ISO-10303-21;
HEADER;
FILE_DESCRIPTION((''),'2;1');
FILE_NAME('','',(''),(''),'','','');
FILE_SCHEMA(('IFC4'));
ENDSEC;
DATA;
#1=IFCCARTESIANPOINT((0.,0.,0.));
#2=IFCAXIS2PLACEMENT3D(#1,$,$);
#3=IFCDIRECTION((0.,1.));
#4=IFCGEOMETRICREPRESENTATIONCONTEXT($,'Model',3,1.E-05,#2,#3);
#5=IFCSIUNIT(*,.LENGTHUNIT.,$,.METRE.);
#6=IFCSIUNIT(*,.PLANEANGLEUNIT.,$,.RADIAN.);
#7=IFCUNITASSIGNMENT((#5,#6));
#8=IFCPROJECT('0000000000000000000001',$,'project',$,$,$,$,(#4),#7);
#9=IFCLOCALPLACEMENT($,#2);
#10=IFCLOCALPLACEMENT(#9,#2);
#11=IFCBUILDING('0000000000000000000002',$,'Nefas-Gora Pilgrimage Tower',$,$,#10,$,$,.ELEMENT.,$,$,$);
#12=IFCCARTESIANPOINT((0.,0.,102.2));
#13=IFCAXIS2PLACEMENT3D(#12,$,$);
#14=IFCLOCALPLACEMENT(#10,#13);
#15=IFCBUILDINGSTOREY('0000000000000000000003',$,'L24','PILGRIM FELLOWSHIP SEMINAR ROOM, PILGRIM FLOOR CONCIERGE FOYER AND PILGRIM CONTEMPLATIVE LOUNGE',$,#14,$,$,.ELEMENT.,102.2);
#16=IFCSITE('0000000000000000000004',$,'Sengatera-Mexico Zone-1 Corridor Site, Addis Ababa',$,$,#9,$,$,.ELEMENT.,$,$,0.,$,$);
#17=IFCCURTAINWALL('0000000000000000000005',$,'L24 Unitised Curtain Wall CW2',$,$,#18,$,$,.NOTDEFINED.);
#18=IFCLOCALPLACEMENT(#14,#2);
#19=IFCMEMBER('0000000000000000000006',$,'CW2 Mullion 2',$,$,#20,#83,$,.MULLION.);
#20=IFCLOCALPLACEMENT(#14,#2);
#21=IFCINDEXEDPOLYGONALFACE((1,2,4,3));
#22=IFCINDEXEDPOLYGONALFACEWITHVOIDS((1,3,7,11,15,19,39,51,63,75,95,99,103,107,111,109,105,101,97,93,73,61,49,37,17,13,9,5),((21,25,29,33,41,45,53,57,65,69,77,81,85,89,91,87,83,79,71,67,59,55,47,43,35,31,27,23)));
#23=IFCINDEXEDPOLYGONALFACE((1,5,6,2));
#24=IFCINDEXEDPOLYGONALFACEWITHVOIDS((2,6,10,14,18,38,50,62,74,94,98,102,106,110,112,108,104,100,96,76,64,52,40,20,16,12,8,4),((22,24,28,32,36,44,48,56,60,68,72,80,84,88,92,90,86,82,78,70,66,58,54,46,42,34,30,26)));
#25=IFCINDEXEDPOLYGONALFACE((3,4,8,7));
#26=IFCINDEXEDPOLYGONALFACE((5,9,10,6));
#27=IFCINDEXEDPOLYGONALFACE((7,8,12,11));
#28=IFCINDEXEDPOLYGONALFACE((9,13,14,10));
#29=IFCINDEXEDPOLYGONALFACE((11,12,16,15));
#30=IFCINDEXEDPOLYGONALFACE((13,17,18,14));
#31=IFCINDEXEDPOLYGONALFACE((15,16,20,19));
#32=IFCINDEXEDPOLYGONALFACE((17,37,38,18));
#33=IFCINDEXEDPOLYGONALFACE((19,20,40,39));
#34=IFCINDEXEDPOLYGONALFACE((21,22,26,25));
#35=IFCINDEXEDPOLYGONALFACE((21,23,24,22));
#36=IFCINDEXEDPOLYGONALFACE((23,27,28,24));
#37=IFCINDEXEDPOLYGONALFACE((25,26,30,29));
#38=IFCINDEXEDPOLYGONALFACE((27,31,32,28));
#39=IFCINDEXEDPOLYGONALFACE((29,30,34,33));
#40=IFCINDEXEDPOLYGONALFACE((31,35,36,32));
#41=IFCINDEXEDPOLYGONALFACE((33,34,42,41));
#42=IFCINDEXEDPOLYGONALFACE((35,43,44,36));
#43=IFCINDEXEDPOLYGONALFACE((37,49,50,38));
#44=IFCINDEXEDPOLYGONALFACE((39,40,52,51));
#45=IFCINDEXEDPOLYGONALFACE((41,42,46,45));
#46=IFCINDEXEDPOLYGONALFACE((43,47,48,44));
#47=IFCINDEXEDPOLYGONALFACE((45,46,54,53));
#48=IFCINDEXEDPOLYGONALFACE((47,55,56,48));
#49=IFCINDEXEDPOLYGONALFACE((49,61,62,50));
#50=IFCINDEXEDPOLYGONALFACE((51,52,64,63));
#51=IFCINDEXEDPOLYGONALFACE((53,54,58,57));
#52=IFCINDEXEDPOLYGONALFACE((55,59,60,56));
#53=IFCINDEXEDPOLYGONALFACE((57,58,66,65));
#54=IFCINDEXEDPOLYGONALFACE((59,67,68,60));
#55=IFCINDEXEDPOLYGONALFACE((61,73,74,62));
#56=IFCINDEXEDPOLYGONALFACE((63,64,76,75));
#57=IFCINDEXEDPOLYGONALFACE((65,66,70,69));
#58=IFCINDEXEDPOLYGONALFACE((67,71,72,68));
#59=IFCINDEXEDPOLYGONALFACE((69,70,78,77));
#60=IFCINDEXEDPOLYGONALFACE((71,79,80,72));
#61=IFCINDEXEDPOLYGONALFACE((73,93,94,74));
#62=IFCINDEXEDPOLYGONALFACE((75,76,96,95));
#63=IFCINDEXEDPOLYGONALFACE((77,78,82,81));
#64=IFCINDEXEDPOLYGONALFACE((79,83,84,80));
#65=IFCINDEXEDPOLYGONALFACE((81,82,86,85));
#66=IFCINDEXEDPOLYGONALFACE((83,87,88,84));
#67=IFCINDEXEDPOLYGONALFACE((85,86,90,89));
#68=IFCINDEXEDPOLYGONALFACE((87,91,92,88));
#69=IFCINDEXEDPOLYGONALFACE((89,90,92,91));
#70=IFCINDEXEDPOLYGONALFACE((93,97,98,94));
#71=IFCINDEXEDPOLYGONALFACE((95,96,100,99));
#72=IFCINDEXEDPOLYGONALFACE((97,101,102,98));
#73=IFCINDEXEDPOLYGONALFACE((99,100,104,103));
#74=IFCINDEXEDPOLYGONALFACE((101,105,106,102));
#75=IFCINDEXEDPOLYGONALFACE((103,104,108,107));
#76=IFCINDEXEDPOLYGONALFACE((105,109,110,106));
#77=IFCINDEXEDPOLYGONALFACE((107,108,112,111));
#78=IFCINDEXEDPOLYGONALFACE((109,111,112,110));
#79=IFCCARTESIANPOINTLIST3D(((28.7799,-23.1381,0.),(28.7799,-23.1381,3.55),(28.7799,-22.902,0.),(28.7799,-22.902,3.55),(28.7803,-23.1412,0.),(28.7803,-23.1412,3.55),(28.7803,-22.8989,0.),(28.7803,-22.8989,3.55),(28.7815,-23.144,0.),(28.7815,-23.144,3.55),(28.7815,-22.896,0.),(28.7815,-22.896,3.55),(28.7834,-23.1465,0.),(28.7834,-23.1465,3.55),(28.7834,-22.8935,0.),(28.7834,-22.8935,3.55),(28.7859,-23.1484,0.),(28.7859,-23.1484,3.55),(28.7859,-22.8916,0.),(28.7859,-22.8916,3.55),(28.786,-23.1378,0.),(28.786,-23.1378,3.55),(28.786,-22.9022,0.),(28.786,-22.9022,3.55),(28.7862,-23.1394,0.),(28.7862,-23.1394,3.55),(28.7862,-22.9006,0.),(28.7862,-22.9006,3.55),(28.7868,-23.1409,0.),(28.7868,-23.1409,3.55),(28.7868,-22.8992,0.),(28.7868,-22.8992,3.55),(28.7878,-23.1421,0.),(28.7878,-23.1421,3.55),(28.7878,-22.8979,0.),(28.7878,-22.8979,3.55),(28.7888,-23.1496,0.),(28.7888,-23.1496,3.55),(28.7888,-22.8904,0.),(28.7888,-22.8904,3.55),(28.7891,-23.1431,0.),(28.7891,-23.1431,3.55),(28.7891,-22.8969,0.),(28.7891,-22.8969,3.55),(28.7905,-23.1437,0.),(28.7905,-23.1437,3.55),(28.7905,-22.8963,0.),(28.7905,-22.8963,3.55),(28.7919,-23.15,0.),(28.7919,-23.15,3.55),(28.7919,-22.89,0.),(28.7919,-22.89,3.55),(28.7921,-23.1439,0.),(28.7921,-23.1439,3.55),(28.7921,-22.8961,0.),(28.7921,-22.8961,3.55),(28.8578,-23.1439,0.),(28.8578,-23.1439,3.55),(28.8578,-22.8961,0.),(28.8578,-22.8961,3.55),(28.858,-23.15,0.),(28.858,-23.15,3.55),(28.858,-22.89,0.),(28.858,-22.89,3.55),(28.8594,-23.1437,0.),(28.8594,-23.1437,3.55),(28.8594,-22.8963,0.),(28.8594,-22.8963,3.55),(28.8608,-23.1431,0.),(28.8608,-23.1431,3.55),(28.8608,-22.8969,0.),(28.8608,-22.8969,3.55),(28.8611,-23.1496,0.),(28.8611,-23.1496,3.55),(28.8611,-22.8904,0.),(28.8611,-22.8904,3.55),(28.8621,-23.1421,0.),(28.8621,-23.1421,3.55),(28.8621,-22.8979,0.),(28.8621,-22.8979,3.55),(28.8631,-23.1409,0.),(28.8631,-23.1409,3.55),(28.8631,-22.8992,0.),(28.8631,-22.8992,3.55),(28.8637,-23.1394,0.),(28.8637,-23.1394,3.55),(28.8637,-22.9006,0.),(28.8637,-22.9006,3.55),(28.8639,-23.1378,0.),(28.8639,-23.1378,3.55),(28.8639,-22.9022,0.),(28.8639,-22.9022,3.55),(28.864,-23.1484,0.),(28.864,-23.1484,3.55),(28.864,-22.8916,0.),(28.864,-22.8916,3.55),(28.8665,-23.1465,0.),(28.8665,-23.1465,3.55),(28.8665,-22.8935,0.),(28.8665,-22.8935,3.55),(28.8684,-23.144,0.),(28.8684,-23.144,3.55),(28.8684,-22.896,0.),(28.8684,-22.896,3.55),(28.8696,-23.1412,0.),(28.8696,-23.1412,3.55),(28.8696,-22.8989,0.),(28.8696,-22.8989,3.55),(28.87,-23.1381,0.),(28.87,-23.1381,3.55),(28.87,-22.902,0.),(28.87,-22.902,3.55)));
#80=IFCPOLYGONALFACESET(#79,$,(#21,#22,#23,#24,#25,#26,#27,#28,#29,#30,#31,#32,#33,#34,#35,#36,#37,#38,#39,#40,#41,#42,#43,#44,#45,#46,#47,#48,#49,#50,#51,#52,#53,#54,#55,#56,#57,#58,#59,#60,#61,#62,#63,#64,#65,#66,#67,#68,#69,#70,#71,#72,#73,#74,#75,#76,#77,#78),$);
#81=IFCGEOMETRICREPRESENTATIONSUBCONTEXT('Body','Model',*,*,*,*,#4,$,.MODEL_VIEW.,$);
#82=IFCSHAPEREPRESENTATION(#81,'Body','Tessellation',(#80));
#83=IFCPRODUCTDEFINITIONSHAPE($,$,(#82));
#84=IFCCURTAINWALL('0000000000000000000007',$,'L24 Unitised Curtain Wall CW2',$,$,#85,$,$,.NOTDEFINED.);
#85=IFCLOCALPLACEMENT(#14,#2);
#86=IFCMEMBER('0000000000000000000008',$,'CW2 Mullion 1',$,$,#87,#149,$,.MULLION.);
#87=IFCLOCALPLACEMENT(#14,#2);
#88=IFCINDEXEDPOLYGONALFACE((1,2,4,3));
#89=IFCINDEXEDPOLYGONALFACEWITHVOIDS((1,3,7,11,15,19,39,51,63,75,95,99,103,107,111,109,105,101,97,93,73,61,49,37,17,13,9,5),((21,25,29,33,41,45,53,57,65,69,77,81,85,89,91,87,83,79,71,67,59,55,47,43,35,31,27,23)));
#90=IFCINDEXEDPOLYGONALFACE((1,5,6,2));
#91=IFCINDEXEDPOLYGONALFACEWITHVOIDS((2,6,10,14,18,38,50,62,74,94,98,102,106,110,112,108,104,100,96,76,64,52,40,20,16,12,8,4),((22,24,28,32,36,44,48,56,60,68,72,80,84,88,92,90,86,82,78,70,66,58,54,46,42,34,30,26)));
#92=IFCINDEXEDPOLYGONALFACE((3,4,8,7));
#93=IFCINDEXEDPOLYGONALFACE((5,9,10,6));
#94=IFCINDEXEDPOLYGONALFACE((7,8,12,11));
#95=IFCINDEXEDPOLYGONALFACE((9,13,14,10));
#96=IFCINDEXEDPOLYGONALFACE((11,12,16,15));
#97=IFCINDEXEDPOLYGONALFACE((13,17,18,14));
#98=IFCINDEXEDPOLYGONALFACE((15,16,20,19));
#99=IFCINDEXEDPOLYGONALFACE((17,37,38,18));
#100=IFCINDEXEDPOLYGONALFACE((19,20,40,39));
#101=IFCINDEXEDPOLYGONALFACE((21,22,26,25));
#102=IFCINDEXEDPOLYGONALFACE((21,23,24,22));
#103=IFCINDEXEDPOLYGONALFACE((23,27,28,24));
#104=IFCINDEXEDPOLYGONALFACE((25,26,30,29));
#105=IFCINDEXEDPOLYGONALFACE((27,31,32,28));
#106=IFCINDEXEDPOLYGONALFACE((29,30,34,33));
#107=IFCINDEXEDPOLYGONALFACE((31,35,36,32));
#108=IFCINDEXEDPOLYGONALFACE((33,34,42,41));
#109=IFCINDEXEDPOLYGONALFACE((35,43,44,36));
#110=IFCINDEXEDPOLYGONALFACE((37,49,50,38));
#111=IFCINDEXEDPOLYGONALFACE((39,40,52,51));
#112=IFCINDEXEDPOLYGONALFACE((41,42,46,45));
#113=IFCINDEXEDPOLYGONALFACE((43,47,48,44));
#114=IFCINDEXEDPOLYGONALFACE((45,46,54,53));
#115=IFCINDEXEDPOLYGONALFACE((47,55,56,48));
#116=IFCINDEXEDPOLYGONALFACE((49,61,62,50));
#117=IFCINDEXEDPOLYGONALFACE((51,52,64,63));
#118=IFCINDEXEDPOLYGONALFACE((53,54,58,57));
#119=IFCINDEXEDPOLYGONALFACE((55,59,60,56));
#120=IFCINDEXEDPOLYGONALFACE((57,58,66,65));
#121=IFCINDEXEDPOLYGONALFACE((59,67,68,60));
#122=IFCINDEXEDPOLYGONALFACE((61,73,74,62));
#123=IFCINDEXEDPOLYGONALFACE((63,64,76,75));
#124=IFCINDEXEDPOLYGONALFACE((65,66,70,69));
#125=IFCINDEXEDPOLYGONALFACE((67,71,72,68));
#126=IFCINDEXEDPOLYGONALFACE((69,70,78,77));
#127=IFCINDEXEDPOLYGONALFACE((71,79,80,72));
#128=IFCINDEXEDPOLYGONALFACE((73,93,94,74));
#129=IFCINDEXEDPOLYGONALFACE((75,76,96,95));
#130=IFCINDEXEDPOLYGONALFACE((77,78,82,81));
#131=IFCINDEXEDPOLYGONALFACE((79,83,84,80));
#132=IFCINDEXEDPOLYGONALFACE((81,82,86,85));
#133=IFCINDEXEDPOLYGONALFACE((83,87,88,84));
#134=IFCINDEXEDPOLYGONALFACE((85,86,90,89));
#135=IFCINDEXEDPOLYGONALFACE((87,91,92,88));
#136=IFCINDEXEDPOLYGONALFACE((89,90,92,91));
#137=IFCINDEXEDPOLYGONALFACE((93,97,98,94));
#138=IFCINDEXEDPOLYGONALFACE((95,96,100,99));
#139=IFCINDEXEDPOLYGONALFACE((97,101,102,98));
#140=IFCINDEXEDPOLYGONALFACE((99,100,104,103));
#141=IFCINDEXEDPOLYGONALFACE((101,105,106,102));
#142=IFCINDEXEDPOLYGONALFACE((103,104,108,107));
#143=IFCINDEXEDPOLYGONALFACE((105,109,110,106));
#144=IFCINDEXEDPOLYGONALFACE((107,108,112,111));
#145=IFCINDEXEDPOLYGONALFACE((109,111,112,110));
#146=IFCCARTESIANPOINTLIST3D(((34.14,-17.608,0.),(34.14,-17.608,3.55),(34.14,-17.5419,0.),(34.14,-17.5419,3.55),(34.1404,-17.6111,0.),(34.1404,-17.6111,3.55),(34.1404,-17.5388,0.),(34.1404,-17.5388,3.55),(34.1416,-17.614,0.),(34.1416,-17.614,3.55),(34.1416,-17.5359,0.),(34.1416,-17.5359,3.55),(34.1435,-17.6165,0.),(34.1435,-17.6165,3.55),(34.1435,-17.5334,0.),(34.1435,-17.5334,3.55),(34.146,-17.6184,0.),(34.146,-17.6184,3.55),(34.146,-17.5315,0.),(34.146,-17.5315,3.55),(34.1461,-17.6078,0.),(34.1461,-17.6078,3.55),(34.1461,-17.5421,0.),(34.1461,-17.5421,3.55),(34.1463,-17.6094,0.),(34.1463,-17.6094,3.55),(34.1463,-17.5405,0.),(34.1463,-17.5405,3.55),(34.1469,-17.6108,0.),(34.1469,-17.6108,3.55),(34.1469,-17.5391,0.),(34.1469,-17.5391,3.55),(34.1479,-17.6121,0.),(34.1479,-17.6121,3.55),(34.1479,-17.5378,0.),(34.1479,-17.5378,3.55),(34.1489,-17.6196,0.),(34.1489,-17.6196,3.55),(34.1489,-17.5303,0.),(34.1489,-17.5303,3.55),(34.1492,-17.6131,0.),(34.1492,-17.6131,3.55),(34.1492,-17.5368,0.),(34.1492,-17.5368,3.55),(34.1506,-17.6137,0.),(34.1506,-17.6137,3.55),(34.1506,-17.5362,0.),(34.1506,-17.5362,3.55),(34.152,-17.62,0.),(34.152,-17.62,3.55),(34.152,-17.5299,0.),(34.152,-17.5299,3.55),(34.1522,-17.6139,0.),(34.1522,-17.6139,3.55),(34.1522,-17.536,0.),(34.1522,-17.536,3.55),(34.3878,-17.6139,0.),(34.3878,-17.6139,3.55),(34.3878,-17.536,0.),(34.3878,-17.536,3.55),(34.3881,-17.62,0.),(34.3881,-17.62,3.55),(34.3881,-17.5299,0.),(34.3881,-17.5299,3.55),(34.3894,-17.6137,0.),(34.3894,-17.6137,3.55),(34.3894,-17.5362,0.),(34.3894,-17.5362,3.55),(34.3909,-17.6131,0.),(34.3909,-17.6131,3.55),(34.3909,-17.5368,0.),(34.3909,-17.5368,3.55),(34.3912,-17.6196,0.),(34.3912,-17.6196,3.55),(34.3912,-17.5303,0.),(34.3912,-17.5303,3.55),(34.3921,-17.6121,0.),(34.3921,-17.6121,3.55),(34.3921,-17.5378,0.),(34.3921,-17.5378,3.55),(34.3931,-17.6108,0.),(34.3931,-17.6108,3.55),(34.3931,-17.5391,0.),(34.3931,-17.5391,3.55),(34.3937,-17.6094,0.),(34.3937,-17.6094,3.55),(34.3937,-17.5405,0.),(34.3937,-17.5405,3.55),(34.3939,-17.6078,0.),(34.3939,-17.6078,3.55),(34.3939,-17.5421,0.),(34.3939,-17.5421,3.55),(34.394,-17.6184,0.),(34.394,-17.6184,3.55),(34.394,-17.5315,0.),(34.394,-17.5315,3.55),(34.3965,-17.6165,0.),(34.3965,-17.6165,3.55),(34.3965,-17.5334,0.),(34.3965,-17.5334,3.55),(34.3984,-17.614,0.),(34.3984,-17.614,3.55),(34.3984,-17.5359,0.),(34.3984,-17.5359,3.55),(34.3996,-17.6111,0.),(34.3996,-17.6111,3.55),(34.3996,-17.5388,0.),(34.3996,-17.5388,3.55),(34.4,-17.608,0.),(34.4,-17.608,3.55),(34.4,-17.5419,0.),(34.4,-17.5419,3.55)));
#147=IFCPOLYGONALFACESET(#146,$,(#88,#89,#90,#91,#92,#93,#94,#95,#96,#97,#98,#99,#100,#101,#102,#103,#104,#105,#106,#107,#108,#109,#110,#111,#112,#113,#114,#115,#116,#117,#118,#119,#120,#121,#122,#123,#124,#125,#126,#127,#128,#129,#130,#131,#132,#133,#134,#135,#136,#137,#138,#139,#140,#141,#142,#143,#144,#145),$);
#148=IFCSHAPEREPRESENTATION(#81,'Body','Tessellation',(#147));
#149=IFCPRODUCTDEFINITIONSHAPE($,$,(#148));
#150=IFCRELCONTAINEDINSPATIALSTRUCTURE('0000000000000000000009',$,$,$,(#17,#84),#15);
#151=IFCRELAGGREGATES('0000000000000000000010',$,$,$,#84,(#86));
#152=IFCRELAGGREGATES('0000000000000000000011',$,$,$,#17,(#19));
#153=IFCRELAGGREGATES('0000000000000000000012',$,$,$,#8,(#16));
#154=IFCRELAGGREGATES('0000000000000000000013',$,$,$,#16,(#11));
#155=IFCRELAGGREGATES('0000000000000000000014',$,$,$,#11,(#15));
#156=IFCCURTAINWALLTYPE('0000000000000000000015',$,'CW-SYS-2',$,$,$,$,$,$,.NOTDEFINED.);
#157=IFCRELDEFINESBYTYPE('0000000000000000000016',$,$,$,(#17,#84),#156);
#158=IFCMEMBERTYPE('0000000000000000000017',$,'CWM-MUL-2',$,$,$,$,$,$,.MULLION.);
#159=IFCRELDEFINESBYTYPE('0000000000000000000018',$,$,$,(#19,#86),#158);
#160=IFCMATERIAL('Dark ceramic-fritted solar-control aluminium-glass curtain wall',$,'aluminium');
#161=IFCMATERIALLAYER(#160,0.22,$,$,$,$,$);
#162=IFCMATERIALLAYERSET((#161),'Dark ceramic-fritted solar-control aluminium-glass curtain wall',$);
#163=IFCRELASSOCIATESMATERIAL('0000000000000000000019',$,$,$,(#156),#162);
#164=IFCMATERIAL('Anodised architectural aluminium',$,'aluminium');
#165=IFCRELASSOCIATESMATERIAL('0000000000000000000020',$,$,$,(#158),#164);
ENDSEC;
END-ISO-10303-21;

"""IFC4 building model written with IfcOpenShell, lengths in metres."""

from ifc_helpers import new_model, si_unit, direction, frame, origin, origin_2d, place, context, subcontext, project, spatial, hollow_rectangle, extrude, source, transform, mapped, material, layer, layer_set, material_profile, profile_set, type_object, element, aggregate, save


model = new_model("IFC4")

# Units and contexts
model_context = context("Model", 3, precision=1e-05, world=origin(), true_north=direction((0.0, 1.0)))
body_context = subcontext(model_context, "Body", "Model", "MODEL_VIEW")
ifc_project = project(units=[si_unit("LENGTHUNIT", "METRE"), si_unit("PLANEANGLEUNIT", "RADIAN")], contexts=[model_context])

# Site, building, storey
site_placement = place(None, origin())
site = spatial("IfcSite", under=ifc_project, at=site_placement, Name="Sengatera-Mexico Zone-1 Corridor Site, Addis Ababa", CompositionType="ELEMENT", RefElevation=0.0)
building_placement = place(site_placement, origin())
building = spatial("IfcBuilding", under=site, at=building_placement, Name="Nefas-Gora Pilgrimage Tower", CompositionType="ELEMENT")
storey_placement = place(building_placement, frame((0.0, 0.0, 102.2)))
storey = spatial("IfcBuildingStorey", under=building, at=storey_placement, Name="L24", Description="PILGRIM FELLOWSHIP SEMINAR ROOM, PILGRIM FLOOR CONCIERGE FOYER AND PILGRIM CONTEMPLATIVE LOUNGE", CompositionType="ELEMENT", Elevation=102.2)

# Curtain wall, member
ifc_material_1 = material(Name="Dark ceramic-fritted solar-control aluminium-glass curtain wall", Category="aluminium")
ifc_layer_1 = layer(ifc_material_1, 0.22)
ifc_layer_set_1 = layer_set([ifc_layer_1], Name="Dark ceramic-fritted solar-control aluminium-glass curtain wall")
curtain_wall_type = type_object("IfcCurtainWallType", Name="CW-SYS-2", PredefinedType="NOTDEFINED", material=ifc_layer_set_1)
curtain_wall_1_placement = place(storey_placement, origin())
curtain_wall_1 = element("IfcCurtainWall", 1, at=curtain_wall_1_placement, inside=storey, type_object=curtain_wall_type, Name="L24 Unitised Curtain Wall CW2", PredefinedType="NOTDEFINED")
ifc_material_2 = material(Name="Anodised architectural aluminium", Category="aluminium")
ifc_material_profile_1 = material_profile(ifc_material_2, hollow_rectangle(XDim=0.0901, YDim=0.26, WallThickness=0.0061, InnerFilletRadius=0.0061, OuterFilletRadius=0.012, at=origin_2d()), Name="ALU MULLION 90x260")
ifc_profile_set_1 = profile_set([ifc_material_profile_1], Name="Anodised architectural aluminium")
member_type_1 = type_object("IfcMemberType", Name="CWM-MUL-2", PredefinedType="MULLION", material=ifc_profile_set_1)
shared_shape_1 = source(origin(), body_context, "Body", "SweptSolid", [
    extrude(hollow_rectangle(XDim=0.0901, YDim=0.26, WallThickness=0.0061, InnerFilletRadius=0.0061, OuterFilletRadius=0.012, at=origin_2d()), origin(), (0.0, 0.0, 1.0), 3.55),
])
member_1_placement = place(storey_placement, frame((28.825, -23.02, 0.0), z_axis=(0.0, 0.0, 1.0), x_axis=(1.0, 0.0, 0.0)))
member_1 = element("IfcMember", 2, at=member_1_placement, type_object=member_type_1, Name="CW2 Mullion 2", PredefinedType="MULLION", context=body_context, shape_type="MappedRepresentation", body=[
    mapped(shared_shape_1, transform((0.0, 0.0, 0.0), x_axis=(1.0, 0.0, 0.0), y_axis=(0.0, 1.0, 0.0), z_axis=(0.0, 0.0, 1.0), scale=1.0)),
])

# Curtain wall, member
curtain_wall_2_placement = place(storey_placement, origin())
curtain_wall_2 = element("IfcCurtainWall", 3, at=curtain_wall_2_placement, inside=storey, type_object=curtain_wall_type, Name="L24 Unitised Curtain Wall CW2", PredefinedType="NOTDEFINED")
member_2_placement = place(storey_placement, frame((34.27, -17.575, 0.0), z_axis=(0.0, 0.0, 1.0), x_axis=(0.0, 1.0, 0.0)))
member_2 = element("IfcMember", 4, at=member_2_placement, type_object=member_type_1, Name="CW2 Mullion 1", PredefinedType="MULLION", context=body_context, shape_type="MappedRepresentation", body=[
    mapped(shared_shape_1, transform((0.0, 0.0, 0.0), x_axis=(1.0, 0.0, 0.0), y_axis=(0.0, 1.0, 0.0), z_axis=(0.0, 0.0, 1.0), scale=1.0)),
])
aggregate(curtain_wall_2, [member_2])

aggregate(curtain_wall_1, [member_1])

save(model, "model.ifc")
